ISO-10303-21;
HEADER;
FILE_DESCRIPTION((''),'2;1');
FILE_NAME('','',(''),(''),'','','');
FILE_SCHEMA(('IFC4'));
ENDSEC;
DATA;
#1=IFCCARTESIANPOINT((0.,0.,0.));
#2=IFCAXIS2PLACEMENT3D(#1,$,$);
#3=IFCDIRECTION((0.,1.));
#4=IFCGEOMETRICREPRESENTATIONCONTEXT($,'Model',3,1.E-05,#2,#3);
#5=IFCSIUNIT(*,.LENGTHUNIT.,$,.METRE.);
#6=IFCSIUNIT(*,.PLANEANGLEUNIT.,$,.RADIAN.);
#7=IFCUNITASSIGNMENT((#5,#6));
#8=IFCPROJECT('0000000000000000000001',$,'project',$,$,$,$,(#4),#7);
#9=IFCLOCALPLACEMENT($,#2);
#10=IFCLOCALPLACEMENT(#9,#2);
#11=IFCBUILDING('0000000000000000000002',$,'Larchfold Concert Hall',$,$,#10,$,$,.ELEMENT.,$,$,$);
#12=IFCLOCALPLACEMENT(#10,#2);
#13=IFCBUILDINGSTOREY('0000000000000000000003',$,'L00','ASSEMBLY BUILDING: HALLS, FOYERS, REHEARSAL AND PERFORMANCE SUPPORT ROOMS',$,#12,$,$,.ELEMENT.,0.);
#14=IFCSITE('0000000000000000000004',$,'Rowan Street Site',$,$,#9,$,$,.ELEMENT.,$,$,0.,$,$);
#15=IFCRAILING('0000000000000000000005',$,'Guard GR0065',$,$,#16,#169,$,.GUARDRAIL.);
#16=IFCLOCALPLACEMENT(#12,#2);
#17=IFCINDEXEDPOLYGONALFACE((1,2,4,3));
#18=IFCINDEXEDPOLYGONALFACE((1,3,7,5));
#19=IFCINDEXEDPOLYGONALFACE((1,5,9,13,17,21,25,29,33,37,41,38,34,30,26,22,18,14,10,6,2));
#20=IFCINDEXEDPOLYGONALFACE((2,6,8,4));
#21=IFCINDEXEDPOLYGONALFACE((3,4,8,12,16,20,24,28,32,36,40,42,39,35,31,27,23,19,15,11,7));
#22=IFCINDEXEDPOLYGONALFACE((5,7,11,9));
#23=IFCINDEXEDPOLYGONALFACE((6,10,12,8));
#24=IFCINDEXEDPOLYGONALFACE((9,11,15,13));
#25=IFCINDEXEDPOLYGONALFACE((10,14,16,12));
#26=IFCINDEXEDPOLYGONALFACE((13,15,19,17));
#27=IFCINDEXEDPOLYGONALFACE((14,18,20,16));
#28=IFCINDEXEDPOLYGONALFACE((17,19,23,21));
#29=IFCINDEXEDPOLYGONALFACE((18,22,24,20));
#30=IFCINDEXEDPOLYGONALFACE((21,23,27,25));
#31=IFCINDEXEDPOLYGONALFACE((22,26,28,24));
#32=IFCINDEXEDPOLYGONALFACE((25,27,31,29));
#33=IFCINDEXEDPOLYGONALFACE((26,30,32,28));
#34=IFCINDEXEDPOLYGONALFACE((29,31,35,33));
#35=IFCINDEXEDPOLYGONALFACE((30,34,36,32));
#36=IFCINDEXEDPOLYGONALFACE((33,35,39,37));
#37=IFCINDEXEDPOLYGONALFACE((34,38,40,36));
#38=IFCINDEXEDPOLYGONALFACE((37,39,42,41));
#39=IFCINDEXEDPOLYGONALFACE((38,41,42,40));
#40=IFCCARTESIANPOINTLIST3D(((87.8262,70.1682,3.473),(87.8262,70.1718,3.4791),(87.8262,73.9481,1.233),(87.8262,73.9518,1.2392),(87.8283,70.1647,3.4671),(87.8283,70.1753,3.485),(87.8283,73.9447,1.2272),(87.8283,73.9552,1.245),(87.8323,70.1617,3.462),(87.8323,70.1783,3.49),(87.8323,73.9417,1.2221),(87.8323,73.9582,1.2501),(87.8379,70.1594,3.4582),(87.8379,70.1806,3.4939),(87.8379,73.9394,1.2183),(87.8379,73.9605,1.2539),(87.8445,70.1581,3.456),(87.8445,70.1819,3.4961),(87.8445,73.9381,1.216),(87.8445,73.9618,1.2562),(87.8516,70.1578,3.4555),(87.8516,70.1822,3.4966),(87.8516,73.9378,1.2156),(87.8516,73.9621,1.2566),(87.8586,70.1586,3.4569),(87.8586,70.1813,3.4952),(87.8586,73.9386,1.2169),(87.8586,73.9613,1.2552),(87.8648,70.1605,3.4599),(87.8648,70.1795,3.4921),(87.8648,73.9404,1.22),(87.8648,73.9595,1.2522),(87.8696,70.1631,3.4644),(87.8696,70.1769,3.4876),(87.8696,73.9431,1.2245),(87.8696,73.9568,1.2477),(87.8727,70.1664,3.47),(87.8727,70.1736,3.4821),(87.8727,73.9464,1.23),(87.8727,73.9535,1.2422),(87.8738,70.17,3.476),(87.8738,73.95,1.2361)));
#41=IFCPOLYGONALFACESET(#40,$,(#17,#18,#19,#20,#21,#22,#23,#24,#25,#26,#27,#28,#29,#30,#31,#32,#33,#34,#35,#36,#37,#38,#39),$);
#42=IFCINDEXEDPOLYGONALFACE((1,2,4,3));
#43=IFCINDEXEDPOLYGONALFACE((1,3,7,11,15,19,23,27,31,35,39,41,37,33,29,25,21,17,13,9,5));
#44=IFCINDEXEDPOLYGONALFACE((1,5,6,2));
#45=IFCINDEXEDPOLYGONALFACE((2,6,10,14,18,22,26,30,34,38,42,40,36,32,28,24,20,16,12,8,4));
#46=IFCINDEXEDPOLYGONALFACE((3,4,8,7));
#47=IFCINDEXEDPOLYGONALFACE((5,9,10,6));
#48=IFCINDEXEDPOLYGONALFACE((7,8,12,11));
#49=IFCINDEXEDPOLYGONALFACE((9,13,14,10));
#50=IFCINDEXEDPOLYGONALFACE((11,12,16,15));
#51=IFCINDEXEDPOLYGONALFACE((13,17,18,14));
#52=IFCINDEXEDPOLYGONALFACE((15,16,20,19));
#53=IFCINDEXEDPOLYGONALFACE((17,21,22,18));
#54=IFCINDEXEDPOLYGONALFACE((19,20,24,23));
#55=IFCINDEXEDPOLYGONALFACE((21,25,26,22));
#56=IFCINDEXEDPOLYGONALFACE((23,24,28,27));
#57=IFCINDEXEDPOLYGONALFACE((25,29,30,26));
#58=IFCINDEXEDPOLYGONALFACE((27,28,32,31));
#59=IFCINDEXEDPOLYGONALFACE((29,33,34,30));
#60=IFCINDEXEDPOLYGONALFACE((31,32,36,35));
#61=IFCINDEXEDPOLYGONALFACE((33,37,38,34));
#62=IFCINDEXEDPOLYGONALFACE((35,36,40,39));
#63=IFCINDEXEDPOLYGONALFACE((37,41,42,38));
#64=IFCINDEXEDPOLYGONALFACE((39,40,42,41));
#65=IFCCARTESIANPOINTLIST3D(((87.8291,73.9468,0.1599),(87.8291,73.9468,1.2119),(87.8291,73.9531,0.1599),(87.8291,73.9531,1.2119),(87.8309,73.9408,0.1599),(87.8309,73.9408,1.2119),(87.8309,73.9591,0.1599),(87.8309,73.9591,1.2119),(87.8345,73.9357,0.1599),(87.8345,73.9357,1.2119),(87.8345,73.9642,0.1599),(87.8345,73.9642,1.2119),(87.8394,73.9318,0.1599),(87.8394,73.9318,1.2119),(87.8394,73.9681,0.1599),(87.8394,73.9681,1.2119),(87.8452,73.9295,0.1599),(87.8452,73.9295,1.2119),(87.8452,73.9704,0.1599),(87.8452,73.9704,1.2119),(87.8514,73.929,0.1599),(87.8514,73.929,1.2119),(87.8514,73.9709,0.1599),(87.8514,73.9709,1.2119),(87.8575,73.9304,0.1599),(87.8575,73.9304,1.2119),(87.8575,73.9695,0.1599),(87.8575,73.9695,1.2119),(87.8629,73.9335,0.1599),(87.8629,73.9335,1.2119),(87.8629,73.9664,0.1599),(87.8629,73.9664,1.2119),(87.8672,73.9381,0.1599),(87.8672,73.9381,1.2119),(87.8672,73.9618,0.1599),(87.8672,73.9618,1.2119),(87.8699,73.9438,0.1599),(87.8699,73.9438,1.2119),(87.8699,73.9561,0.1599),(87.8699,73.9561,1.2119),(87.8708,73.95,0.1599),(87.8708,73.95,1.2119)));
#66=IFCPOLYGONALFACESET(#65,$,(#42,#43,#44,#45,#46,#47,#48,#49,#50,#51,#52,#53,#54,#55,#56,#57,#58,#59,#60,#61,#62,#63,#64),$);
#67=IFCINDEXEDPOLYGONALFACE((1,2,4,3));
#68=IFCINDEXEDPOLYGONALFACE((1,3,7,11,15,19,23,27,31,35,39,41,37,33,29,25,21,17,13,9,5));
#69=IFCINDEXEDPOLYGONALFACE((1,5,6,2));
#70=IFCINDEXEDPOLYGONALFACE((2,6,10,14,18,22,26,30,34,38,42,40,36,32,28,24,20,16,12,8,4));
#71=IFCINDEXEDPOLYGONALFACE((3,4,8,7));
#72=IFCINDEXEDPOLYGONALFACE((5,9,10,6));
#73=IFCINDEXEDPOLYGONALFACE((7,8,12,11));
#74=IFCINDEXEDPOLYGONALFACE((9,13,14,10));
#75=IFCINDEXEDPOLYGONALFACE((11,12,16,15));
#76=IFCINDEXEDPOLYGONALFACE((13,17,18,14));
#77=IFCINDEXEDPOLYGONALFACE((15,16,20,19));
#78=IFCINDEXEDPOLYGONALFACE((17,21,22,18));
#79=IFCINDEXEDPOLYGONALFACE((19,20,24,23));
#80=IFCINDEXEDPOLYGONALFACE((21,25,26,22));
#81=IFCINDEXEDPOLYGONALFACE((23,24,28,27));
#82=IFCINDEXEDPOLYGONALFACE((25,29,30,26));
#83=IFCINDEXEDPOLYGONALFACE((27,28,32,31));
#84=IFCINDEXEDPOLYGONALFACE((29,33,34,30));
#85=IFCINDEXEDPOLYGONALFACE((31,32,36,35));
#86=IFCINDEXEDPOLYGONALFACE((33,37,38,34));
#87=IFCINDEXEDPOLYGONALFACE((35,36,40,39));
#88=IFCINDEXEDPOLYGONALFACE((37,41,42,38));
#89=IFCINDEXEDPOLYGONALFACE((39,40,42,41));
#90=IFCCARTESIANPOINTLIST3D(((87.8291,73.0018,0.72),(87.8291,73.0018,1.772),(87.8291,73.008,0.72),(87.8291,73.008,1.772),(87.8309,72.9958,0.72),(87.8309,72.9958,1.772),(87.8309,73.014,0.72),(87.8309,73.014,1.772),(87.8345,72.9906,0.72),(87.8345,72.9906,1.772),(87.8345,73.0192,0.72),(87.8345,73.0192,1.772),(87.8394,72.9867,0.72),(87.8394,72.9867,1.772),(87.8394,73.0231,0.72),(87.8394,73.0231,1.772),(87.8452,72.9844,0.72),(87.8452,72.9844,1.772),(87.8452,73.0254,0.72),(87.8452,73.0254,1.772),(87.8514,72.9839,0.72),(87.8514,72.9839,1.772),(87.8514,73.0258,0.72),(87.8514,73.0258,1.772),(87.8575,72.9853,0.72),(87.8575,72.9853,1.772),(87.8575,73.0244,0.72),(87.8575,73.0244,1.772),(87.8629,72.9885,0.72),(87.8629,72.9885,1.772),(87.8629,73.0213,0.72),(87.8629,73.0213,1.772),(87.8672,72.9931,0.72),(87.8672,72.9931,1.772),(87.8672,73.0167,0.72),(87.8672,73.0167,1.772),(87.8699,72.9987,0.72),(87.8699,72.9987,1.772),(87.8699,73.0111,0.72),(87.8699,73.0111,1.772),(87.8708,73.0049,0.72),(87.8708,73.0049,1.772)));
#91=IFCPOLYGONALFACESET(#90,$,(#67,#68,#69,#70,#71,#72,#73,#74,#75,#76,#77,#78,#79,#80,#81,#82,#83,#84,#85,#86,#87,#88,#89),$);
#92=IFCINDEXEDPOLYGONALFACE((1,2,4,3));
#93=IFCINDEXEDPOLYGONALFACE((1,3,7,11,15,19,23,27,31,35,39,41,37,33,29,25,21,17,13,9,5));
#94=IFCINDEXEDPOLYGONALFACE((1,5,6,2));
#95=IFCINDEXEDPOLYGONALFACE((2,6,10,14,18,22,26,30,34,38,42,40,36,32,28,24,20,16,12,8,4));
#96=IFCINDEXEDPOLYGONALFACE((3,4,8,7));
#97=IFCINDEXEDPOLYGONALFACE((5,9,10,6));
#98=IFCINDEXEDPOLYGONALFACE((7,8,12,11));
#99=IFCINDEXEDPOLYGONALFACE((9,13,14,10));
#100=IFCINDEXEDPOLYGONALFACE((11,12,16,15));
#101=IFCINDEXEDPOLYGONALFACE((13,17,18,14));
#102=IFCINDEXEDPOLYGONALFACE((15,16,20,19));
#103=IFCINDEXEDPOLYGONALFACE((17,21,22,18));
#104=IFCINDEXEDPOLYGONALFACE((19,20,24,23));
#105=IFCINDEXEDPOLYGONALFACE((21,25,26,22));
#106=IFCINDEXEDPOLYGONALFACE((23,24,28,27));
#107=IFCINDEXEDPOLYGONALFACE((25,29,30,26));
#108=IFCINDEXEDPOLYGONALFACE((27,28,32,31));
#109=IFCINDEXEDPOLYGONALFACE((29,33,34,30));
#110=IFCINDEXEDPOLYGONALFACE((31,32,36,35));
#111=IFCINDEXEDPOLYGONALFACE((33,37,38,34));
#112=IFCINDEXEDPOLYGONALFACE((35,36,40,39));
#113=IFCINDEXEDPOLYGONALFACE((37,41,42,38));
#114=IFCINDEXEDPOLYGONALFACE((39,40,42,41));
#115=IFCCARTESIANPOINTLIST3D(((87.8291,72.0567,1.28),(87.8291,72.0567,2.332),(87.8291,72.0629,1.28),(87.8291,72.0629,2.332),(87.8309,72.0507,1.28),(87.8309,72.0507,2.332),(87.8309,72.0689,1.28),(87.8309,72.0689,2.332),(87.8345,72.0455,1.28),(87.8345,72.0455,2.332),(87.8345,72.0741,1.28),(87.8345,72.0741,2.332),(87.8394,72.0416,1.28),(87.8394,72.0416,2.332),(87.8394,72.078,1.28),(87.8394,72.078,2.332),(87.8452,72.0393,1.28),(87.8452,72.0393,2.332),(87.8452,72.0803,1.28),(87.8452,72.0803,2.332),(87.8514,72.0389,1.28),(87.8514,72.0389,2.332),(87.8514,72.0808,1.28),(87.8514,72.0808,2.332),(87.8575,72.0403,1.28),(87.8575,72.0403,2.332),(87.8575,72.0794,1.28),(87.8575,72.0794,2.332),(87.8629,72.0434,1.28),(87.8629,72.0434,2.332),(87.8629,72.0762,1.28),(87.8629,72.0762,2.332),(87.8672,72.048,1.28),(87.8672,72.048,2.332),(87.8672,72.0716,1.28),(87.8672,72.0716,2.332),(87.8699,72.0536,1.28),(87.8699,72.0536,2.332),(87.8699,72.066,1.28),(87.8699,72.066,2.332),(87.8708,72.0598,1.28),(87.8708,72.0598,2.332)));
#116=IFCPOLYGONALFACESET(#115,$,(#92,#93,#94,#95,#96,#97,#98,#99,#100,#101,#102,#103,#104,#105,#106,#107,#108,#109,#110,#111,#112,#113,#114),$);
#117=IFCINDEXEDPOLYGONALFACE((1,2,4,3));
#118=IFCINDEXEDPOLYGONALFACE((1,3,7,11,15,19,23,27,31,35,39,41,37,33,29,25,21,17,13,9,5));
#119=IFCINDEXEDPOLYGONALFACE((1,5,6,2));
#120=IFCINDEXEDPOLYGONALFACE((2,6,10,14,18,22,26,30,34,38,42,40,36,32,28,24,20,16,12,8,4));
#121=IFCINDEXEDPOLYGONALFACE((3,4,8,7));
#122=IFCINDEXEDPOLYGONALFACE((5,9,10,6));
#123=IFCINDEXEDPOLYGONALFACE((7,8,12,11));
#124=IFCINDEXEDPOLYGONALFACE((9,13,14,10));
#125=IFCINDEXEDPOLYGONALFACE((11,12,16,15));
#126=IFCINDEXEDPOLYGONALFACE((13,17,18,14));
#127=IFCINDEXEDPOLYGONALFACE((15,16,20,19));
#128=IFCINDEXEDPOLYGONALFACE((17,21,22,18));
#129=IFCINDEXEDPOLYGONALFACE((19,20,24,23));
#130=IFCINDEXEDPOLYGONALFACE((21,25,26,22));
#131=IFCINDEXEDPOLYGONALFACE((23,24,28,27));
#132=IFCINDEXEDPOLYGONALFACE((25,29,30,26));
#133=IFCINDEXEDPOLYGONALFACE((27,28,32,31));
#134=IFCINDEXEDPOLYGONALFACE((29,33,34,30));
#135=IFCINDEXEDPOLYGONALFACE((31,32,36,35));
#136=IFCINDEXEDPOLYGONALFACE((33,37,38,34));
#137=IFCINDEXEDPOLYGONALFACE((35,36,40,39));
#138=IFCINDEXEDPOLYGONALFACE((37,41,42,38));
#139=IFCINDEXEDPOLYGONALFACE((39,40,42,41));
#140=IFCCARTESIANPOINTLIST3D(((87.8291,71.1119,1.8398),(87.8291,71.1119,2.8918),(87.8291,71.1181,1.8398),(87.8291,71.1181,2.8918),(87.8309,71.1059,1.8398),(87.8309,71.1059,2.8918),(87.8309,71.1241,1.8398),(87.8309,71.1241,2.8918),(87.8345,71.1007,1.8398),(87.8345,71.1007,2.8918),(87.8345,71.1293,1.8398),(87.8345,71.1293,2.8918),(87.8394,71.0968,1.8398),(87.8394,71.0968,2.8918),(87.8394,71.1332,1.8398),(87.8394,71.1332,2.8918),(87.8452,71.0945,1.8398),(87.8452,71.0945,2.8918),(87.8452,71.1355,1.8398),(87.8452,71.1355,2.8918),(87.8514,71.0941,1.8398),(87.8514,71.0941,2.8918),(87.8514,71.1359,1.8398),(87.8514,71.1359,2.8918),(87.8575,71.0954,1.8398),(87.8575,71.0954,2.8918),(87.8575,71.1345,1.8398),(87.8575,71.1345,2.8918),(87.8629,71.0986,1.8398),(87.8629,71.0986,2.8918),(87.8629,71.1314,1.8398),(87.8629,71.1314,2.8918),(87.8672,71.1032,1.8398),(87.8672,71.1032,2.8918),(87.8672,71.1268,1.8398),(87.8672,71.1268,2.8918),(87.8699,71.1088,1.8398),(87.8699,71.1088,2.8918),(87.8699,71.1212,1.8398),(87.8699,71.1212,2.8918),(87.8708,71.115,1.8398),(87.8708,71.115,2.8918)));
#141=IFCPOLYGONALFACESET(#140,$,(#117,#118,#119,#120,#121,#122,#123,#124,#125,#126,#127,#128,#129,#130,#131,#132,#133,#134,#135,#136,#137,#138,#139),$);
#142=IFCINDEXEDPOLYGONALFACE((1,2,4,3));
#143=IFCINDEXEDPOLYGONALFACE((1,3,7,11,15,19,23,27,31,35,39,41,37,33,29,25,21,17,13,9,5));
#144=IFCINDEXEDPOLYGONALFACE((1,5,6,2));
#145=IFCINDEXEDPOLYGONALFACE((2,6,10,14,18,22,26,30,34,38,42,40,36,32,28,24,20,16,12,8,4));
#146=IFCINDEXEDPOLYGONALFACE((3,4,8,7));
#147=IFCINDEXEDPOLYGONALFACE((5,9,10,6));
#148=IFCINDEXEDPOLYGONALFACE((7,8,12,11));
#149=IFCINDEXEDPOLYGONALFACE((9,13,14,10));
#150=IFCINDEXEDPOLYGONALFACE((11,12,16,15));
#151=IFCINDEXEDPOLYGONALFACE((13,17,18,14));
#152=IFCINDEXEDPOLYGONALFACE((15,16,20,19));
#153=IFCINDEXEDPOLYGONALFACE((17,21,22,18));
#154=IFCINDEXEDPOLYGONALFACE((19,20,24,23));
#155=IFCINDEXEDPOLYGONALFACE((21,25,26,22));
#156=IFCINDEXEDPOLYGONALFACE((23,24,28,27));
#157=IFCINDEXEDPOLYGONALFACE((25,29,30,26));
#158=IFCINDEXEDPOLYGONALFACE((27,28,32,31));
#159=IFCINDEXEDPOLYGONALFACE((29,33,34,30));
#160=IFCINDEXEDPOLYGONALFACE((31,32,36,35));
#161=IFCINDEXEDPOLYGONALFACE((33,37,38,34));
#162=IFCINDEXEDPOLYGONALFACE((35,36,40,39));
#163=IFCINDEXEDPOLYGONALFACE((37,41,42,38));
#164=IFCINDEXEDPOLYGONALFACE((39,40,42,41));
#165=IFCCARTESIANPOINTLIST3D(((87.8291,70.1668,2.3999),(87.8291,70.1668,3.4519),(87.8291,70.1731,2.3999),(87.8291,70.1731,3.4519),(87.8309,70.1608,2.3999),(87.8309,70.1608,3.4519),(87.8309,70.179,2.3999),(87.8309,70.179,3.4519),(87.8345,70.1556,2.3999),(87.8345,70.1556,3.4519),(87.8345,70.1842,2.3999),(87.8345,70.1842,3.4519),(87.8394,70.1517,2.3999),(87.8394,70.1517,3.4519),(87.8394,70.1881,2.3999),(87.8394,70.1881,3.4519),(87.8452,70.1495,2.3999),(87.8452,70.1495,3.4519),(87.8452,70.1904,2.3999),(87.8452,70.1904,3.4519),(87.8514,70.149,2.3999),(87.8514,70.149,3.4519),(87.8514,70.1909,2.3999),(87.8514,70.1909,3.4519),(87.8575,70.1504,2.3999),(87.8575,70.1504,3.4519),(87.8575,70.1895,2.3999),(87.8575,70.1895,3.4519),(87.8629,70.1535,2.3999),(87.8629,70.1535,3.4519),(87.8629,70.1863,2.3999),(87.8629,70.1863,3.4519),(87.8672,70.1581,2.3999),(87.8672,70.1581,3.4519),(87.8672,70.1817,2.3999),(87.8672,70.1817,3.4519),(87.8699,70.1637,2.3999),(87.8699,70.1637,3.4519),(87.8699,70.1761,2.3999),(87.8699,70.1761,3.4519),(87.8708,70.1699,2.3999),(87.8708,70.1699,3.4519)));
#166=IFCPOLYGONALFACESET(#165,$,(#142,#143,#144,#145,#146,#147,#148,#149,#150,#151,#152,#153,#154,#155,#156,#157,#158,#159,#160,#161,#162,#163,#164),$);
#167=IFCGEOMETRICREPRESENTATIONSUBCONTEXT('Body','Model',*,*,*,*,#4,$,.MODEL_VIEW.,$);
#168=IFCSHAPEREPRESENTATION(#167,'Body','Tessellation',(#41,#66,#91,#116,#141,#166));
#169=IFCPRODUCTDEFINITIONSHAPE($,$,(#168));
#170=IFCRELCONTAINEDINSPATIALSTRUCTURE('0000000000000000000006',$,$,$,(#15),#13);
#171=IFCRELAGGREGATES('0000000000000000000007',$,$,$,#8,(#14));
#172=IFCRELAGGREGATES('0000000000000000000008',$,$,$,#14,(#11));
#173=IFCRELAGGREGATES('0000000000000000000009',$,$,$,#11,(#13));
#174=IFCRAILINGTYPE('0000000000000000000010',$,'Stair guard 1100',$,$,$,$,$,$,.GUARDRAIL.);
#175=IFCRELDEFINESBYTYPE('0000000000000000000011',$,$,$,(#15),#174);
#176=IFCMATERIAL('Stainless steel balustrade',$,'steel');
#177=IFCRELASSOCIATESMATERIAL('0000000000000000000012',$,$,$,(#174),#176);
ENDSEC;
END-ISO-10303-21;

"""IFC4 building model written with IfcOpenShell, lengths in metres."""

from ifc_helpers import new_model, si_unit, direction, frame, origin, origin_2d, place, context, subcontext, project, spatial, circle, extrude, material, type_object, element, save


model = new_model("IFC4")

# Units and contexts
model_context = context("Model", 3, precision=1e-05, world=origin(), true_north=direction((0.0, 1.0)))
body_context = subcontext(model_context, "Body", "Model", "MODEL_VIEW")
ifc_project = project(units=[si_unit("LENGTHUNIT", "METRE"), si_unit("PLANEANGLEUNIT", "RADIAN")], contexts=[model_context])

# Site, building, storey
site_placement = place(None, origin())
site = spatial("IfcSite", under=ifc_project, at=site_placement, Name="Rowan Street Site", CompositionType="ELEMENT", RefElevation=0.0)
building_placement = place(site_placement, origin())
building = spatial("IfcBuilding", under=site, at=building_placement, Name="Larchfold Concert Hall", CompositionType="ELEMENT")
storey_placement = place(building_placement, origin())
storey = spatial("IfcBuildingStorey", under=building, at=storey_placement, Name="L00", Description="ASSEMBLY BUILDING: HALLS, FOYERS, REHEARSAL AND PERFORMANCE SUPPORT ROOMS", CompositionType="ELEMENT", Elevation=0.0)

# Railing
ifc_material_1 = material(Name="Stainless steel balustrade", Category="steel")
railing_type_1 = type_object("IfcRailingType", Name="Stair guard 1100", PredefinedType="GUARDRAIL", material=ifc_material_1)
railing_1_placement = place(storey_placement, frame((87.8499, 73.95, 0.1599)))
element("IfcRailing", 1, at=railing_1_placement, inside=storey, type_object=railing_type_1, Name="Guard GR0065", PredefinedType="GUARDRAIL", context=body_context, shape_type="SweptSolid", body=[
    extrude(circle(Radius=0.0239, at=origin_2d()), frame((0.0, 0.0, 1.0762), z_axis=(0.0, -0.860294, 0.509798), x_axis=(1.0, 0.0, 0.0)), (0.0, 0.0, 1.0), 4.3938),
    extrude(circle(Radius=0.021, at=origin_2d()), origin(), (0.0, 0.0, 1.0), 1.052),
    extrude(circle(Radius=0.021, at=origin_2d()), frame((0.0, -0.9451, 0.5601)), (0.0, 0.0, 1.0), 1.052),
    extrude(circle(Radius=0.021, at=origin_2d()), frame((0.0, -1.8901, 1.1201)), (0.0, 0.0, 1.0), 1.052),
    extrude(circle(Radius=0.021, at=origin_2d()), frame((0.0, -2.835, 1.6799)), (0.0, 0.0, 1.0), 1.052),
    extrude(circle(Radius=0.021, at=origin_2d()), frame((0.0, -3.78, 2.24)), (0.0, 0.0, 1.0), 1.052),
])

save(model, "model.ifc")
